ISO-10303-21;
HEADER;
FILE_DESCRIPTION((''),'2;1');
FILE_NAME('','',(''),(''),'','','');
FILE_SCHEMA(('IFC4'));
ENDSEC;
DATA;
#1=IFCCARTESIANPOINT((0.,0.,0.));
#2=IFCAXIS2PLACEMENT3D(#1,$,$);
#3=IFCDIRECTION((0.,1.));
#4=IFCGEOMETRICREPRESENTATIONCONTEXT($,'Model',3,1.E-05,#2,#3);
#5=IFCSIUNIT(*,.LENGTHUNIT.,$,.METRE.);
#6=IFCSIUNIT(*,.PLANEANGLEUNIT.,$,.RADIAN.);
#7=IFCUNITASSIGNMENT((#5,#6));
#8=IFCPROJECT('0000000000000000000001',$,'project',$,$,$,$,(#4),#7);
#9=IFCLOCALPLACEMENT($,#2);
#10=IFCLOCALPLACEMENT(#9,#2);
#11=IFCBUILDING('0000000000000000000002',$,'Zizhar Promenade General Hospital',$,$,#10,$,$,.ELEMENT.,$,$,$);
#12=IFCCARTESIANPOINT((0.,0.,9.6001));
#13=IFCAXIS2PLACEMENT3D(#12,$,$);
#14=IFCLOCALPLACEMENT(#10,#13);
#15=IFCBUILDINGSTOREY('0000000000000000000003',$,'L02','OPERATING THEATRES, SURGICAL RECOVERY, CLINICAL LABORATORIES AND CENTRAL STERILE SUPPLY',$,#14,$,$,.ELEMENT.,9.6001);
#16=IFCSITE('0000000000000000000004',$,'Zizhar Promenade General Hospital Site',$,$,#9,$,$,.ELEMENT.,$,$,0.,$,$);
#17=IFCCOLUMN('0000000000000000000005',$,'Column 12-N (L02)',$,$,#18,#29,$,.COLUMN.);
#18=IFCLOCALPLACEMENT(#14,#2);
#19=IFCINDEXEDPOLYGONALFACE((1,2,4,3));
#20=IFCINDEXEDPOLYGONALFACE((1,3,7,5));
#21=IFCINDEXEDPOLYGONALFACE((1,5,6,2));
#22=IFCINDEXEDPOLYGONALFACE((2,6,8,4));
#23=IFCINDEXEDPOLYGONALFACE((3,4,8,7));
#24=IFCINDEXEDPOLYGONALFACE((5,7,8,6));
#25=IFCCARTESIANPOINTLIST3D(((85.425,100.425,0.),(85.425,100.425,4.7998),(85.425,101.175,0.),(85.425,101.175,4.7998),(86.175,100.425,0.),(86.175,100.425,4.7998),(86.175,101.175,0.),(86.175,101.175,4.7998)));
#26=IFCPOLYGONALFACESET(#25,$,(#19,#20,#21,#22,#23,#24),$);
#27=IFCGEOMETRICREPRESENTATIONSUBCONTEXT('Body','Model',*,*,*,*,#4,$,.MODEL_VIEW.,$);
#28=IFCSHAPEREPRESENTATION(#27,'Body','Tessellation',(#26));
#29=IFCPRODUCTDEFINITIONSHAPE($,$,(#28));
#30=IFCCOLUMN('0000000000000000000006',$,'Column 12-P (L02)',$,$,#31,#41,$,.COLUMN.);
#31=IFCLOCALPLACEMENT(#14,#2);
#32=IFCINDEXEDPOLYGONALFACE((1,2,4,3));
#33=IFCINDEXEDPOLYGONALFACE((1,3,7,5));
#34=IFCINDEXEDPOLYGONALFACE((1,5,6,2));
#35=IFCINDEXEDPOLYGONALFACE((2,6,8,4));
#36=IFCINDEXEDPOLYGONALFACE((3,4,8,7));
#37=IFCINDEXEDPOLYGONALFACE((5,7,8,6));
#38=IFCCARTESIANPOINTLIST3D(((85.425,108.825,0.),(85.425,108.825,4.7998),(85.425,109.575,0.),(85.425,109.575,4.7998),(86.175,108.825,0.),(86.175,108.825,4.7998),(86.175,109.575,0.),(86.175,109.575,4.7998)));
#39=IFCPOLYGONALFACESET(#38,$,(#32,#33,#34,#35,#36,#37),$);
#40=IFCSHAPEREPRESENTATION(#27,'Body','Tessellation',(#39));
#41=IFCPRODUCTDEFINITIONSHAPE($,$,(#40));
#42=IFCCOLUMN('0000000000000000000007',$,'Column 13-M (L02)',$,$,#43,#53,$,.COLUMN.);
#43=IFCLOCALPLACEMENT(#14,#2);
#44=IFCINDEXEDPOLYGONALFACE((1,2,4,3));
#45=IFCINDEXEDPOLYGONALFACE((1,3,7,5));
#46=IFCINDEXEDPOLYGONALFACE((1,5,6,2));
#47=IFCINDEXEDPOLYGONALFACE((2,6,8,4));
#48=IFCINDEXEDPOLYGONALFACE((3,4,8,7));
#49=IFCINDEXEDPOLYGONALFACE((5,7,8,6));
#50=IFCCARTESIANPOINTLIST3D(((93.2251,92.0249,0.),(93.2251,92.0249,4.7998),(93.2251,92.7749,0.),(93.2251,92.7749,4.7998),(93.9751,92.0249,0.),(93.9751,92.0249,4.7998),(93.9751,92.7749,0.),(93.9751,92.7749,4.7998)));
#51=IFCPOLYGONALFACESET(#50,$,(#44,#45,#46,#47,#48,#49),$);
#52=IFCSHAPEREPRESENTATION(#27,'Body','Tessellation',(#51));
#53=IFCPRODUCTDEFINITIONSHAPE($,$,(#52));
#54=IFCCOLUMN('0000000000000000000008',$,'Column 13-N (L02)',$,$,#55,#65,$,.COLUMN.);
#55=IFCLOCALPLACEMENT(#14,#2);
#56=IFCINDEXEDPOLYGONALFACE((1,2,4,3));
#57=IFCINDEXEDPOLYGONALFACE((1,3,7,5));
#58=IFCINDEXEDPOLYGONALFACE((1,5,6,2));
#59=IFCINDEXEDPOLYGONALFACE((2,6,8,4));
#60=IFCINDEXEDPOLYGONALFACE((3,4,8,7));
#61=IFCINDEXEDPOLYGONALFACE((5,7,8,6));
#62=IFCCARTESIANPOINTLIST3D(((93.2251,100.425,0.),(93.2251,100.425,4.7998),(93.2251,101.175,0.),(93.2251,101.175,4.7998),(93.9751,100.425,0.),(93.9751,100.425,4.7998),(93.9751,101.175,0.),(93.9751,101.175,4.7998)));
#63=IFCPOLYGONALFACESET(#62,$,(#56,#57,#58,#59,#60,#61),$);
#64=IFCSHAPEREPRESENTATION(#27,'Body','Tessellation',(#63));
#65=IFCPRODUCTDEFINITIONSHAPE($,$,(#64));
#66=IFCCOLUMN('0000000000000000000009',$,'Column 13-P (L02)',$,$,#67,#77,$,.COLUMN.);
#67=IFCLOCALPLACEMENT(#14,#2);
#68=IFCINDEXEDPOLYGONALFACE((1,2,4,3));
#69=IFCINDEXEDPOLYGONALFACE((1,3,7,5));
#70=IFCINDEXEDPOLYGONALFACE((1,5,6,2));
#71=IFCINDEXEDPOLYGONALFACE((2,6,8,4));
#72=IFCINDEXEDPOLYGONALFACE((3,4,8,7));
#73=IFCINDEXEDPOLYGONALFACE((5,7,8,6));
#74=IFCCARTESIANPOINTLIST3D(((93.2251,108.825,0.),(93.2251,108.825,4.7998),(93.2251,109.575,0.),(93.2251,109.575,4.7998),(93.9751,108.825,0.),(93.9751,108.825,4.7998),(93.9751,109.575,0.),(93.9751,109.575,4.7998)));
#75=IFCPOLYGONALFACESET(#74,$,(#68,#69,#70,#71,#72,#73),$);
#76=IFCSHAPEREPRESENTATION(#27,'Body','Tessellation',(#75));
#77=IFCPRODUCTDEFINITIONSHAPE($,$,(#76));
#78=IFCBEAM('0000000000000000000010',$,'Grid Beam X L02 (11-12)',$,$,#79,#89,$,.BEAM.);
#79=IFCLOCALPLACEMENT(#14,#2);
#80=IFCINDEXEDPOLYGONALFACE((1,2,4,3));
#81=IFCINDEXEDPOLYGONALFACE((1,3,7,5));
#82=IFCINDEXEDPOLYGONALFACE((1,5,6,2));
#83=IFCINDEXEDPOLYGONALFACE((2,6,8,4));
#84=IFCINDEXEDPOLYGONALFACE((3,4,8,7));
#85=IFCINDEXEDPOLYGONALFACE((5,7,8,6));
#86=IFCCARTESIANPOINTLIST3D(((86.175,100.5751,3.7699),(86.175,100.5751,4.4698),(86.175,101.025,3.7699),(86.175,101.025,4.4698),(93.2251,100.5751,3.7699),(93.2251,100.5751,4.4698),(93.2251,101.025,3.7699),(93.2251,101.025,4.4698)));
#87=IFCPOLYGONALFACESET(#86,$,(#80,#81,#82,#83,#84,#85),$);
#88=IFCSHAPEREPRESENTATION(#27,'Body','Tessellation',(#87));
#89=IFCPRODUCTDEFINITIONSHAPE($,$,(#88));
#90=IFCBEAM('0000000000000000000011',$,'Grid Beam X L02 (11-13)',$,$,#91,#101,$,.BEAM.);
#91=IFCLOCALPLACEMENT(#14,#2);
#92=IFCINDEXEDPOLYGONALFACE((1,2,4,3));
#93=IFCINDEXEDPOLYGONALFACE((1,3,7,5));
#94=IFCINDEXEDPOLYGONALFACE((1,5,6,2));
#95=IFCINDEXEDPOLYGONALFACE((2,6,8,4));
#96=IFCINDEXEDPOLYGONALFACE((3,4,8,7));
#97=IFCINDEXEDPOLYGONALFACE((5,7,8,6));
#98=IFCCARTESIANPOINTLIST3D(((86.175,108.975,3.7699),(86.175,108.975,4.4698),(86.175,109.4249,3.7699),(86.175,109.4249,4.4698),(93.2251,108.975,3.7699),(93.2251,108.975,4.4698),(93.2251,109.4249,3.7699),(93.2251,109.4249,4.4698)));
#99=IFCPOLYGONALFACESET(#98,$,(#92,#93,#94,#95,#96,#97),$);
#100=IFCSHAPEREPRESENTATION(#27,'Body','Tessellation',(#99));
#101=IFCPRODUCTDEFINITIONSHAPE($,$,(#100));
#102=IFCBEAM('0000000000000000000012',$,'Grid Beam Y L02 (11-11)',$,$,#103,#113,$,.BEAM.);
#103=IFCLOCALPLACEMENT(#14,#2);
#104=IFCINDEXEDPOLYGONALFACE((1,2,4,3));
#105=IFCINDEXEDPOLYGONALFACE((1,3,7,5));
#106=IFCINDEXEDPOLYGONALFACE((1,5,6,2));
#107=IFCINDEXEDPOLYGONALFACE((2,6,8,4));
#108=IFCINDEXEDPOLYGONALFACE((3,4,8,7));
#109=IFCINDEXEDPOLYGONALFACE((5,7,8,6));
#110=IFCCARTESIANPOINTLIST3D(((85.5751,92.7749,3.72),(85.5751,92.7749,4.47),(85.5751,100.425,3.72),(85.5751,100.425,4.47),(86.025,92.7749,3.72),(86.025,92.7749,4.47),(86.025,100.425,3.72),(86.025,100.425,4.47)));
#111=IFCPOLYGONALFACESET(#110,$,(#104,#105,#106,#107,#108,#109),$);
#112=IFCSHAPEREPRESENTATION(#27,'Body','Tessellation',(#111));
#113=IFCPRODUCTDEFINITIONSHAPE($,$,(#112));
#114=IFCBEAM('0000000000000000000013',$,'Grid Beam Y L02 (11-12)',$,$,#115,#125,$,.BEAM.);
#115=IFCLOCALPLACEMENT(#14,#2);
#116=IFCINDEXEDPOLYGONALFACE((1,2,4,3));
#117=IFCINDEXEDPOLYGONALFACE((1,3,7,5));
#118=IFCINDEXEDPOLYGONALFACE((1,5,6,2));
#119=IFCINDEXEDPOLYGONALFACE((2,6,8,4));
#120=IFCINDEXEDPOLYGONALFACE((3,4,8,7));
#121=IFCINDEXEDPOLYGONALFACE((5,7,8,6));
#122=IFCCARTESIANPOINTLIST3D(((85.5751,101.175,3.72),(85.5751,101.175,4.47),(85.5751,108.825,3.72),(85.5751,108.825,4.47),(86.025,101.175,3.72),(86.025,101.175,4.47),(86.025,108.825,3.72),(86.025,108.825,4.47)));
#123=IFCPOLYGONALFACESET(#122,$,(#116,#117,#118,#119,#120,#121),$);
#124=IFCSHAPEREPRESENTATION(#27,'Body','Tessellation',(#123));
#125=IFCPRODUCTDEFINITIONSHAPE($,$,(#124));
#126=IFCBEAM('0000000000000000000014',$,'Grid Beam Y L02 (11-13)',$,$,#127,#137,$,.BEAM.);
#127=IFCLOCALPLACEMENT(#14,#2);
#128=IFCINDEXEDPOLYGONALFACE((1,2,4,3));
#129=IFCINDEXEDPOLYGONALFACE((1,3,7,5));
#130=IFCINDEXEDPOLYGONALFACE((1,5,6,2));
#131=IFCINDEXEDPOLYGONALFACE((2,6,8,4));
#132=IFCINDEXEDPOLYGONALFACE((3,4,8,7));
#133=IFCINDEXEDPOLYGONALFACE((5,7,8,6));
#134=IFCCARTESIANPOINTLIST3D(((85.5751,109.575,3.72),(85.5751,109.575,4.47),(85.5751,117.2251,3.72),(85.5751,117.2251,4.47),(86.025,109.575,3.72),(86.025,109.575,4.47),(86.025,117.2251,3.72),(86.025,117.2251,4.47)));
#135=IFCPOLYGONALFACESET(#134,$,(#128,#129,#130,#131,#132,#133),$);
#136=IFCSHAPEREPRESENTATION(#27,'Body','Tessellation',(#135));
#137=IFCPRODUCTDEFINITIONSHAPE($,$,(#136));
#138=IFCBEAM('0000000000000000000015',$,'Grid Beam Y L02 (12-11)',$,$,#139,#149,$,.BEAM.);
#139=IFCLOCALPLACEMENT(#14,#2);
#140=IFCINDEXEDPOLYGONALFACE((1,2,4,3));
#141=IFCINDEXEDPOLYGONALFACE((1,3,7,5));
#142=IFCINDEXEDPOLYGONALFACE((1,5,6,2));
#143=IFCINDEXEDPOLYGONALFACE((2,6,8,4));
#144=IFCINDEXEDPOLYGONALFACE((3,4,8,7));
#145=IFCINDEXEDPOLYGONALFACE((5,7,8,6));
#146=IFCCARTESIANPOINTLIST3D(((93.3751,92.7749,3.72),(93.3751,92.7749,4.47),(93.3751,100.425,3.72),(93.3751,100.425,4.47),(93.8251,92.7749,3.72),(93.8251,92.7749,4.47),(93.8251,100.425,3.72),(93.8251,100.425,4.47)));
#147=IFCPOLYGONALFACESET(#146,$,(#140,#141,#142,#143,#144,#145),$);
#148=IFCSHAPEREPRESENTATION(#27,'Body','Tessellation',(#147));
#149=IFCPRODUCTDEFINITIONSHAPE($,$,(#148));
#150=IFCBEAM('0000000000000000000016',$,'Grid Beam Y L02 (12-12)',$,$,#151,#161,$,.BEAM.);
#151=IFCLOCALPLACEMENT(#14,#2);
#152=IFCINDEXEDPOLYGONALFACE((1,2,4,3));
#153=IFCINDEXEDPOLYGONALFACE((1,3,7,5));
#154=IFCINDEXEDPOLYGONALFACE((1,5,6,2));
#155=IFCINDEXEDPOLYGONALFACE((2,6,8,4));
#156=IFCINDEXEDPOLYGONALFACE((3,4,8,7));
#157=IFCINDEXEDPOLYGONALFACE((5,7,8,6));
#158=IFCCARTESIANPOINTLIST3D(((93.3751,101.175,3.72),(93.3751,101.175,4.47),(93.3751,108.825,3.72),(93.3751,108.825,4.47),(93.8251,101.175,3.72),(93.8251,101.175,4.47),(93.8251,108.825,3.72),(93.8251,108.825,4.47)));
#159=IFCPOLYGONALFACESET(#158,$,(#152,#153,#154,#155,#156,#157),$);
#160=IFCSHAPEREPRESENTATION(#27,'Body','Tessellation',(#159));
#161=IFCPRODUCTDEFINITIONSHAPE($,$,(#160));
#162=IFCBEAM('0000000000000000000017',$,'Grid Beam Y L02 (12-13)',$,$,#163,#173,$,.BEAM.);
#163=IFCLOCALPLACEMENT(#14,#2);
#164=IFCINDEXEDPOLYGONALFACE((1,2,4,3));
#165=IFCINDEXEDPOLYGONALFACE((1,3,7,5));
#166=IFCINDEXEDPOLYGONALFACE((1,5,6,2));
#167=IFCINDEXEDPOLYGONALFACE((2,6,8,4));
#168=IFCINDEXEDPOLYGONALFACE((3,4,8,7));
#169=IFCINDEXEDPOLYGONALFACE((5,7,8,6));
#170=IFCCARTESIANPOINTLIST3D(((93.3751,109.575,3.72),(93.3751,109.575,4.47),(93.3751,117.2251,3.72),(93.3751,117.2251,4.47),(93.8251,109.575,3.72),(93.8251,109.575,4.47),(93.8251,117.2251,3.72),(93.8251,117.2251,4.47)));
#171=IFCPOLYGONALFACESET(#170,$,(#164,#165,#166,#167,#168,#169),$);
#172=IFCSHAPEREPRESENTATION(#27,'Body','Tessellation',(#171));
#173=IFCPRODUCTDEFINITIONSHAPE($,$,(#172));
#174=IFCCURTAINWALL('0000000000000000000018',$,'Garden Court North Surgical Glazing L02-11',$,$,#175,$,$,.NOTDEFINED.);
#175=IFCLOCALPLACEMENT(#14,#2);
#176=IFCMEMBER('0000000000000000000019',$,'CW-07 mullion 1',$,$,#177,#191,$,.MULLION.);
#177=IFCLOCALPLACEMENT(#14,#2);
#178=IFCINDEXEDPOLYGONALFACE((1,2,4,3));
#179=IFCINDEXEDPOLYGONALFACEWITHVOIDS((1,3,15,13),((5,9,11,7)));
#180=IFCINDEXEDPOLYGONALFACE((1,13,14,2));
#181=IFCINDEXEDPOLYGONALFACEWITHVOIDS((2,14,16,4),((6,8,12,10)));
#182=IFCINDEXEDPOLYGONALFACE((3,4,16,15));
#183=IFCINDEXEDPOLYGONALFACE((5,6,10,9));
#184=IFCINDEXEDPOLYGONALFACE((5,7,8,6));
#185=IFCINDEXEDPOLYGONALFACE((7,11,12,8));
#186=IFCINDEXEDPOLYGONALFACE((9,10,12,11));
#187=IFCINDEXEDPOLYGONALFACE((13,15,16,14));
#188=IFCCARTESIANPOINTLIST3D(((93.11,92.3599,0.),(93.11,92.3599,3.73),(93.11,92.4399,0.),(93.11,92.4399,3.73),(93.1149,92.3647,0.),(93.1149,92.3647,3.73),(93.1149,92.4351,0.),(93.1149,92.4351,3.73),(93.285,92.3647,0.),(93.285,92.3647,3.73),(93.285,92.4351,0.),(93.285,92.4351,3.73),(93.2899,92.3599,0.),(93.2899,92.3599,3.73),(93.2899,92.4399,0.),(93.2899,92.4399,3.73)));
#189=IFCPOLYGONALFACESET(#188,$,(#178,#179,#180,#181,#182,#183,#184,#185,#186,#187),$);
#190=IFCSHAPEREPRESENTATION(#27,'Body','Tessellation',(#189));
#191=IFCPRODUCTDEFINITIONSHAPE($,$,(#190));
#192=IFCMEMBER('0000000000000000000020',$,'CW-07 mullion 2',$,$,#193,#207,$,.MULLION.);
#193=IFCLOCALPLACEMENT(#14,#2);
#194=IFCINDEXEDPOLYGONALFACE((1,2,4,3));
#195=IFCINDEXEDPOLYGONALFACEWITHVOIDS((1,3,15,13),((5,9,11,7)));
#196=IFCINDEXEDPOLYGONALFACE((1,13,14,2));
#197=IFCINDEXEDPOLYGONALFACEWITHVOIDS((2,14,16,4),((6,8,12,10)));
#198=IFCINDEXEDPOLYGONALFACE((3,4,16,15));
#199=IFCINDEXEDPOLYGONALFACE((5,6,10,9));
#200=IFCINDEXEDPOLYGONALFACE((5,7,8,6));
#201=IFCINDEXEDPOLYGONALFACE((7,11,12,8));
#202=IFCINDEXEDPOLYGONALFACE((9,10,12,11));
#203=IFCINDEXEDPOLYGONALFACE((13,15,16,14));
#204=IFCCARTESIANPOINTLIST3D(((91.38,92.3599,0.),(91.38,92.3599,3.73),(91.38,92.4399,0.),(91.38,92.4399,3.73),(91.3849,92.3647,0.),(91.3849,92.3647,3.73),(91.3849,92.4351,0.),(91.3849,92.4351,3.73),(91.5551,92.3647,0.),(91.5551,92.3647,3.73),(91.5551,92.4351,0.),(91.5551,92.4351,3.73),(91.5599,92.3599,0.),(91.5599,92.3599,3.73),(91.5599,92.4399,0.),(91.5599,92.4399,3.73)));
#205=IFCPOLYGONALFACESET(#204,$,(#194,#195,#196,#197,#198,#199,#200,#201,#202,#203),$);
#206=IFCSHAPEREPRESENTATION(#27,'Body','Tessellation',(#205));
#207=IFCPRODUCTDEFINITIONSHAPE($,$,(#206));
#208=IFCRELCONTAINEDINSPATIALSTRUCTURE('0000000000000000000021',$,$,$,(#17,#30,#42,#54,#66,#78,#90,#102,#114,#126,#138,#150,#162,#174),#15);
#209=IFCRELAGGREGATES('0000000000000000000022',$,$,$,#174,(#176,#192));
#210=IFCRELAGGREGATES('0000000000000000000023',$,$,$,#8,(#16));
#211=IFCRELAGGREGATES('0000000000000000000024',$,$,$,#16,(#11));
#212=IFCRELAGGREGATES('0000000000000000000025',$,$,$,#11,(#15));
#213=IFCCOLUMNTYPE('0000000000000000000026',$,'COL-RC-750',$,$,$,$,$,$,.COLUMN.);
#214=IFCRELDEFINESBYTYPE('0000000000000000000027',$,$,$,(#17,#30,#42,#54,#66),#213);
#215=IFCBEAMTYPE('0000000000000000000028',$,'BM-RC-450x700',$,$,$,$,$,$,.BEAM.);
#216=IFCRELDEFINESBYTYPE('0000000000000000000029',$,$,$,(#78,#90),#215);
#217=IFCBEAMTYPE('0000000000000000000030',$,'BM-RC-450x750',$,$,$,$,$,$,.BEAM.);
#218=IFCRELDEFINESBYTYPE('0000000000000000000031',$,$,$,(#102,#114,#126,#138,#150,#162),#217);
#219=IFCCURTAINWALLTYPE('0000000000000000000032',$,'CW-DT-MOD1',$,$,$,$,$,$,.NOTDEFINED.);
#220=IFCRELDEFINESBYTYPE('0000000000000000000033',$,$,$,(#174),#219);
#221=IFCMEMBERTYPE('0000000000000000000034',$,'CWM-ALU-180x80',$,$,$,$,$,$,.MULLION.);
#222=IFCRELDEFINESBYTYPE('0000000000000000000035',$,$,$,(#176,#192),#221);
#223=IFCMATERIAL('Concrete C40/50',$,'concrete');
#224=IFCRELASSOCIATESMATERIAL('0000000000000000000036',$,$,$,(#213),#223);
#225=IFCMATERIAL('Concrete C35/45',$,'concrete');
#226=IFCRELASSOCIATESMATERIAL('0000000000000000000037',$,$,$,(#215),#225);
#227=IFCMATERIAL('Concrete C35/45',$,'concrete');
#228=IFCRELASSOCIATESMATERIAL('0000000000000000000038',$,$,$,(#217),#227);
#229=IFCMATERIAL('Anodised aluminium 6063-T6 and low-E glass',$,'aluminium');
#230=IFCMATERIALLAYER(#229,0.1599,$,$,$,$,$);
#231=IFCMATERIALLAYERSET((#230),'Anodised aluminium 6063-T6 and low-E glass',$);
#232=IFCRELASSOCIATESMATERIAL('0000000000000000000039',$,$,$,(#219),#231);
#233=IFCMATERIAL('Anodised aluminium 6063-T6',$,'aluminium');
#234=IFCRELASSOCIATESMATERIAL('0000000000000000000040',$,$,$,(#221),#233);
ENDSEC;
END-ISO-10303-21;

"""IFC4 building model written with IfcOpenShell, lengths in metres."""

from ifc_helpers import new_model, si_unit, direction, frame, origin, origin_2d, place, context, subcontext, project, spatial, rectangle, hollow_rectangle, extrude, material, layer, layer_set, material_profile, profile_set, type_object, element, aggregate, save


model = new_model("IFC4")

# Units and contexts
model_context = context("Model", 3, precision=1e-05, world=origin(), true_north=direction((0.0, 1.0)))
body_context = subcontext(model_context, "Body", "Model", "MODEL_VIEW")
ifc_project = project(units=[si_unit("LENGTHUNIT", "METRE"), si_unit("PLANEANGLEUNIT", "RADIAN")], contexts=[model_context])

# Site, building, storey
site_placement = place(None, origin())
site = spatial("IfcSite", under=ifc_project, at=site_placement, Name="Zizhar Promenade General Hospital Site", CompositionType="ELEMENT", RefElevation=0.0)
building_placement = place(site_placement, origin())
building = spatial("IfcBuilding", under=site, at=building_placement, Name="Zizhar Promenade General Hospital", CompositionType="ELEMENT")
storey_placement = place(building_placement, frame((0.0, 0.0, 9.6001)))
storey = spatial("IfcBuildingStorey", under=building, at=storey_placement, Name="L02", Description="OPERATING THEATRES, SURGICAL RECOVERY, CLINICAL LABORATORIES AND CENTRAL STERILE SUPPLY", CompositionType="ELEMENT", Elevation=9.6001)

# Columns
ifc_material_1 = material(Name="Concrete C40/50", Category="concrete")
ifc_material_profile_1 = material_profile(ifc_material_1, rectangle(XDim=0.75, YDim=0.75, at=origin_2d()))
ifc_profile_set_1 = profile_set([ifc_material_profile_1], Name="Concrete C40/50")
column_type = type_object("IfcColumnType", Name="COL-RC-750", PredefinedType="COLUMN", material=ifc_profile_set_1)
for number, where, z_axis, x_axis, name in (
    (1, (85.8, 100.8, 0.0), (0.0, 0.0, 1.0), (1.0, 0.0, 0.0), "Column 12-N (L02)"),
    (2, (85.8, 109.2, 0.0), (0.0, 0.0, 1.0), (1.0, 0.0, 0.0), "Column 12-P (L02)"),
    (3, (93.6001, 92.3999, 0.0), (0.0, 0.0, 1.0), (1.0, 0.0, 0.0), "Column 13-M (L02)"),
    (4, (93.6001, 100.8, 0.0), (0.0, 0.0, 1.0), (1.0, 0.0, 0.0), "Column 13-N (L02)"),
    (5, (93.6001, 109.2, 0.0), (0.0, 0.0, 1.0), (1.0, 0.0, 0.0), "Column 13-P (L02)"),
):
    element("IfcColumn", number, at=place(storey_placement, frame(where, z_axis=z_axis, x_axis=x_axis)), inside=storey, type_object=column_type, Name=name, PredefinedType="COLUMN", context=body_context, shape_type="SweptSolid", body=[
        extrude(rectangle(XDim=0.75, YDim=0.75, at=origin_2d()), origin(), (0.0, 0.0, 1.0), 4.7998),
    ])

# Beams
ifc_material_2 = material(Name="Concrete C35/45", Category="concrete")
ifc_material_profile_2 = material_profile(ifc_material_2, rectangle(XDim=0.45, YDim=0.7, at=origin_2d()))
ifc_profile_set_2 = profile_set([ifc_material_profile_2], Name="Concrete C35/45")
beam_type_1 = type_object("IfcBeamType", Name="BM-RC-450x700", PredefinedType="BEAM", material=ifc_profile_set_2)
for number, where, z_axis, x_axis, name in (
    (6, (86.175, 100.8, 4.1199), (1.0, 0.0, 0.0), (0.0, 1.0, 0.0), "Grid Beam X L02 (11-12)"),
    (7, (86.175, 109.2, 4.1199), (1.0, 0.0, 0.0), (0.0, 1.0, 0.0), "Grid Beam X L02 (11-13)"),
):
    element("IfcBeam", number, at=place(storey_placement, frame(where, z_axis=z_axis, x_axis=x_axis)), inside=storey, type_object=beam_type_1, Name=name, PredefinedType="BEAM", context=body_context, shape_type="SweptSolid", body=[
        extrude(rectangle(XDim=0.45, YDim=0.7, at=origin_2d()), origin(), (0.0, 0.0, 1.0), 7.05),
    ])
ifc_material_3 = material(Name="Concrete C35/45", Category="concrete")
ifc_material_profile_3 = material_profile(ifc_material_3, rectangle(XDim=0.45, YDim=0.75, at=origin_2d()))
ifc_profile_set_3 = profile_set([ifc_material_profile_3], Name="Concrete C35/45")
beam_type_2 = type_object("IfcBeamType", Name="BM-RC-450x750", PredefinedType="BEAM", material=ifc_profile_set_3)
beam_1_placement = place(storey_placement, frame((85.8, 92.7749, 4.095), z_axis=(0.0, 1.0, 0.0), x_axis=(-1.0, 0.0, 0.0)))
element("IfcBeam", 8, at=beam_1_placement, inside=storey, type_object=beam_type_2, Name="Grid Beam Y L02 (11-11)", PredefinedType="BEAM", context=body_context, shape_type="SweptSolid", body=[
    extrude(rectangle(XDim=0.45, YDim=0.75, at=origin_2d()), origin(), (0.0, 0.0, 1.0), 7.6501),
])
beam_2_placement = place(storey_placement, frame((85.8, 101.175, 4.095), z_axis=(0.0, 1.0, 0.0), x_axis=(-1.0, 0.0, 0.0)))
element("IfcBeam", 9, at=beam_2_placement, inside=storey, type_object=beam_type_2, Name="Grid Beam Y L02 (11-12)", PredefinedType="BEAM", context=body_context, shape_type="SweptSolid", body=[
    extrude(rectangle(XDim=0.45, YDim=0.75, at=origin_2d()), origin(), (0.0, 0.0, 1.0), 7.6499),
])
for number, where, z_axis, x_axis, name in (
    (10, (85.8, 109.575, 4.095), (0.0, 1.0, 0.0), (-1.0, 0.0, 0.0), "Grid Beam Y L02 (11-13)"),
    (11, (93.6001, 92.7749, 4.095), (0.0, 1.0, 0.0), (-1.0, 0.0, 0.0), "Grid Beam Y L02 (12-11)"),
):
    element("IfcBeam", number, at=place(storey_placement, frame(where, z_axis=z_axis, x_axis=x_axis)), inside=storey, type_object=beam_type_2, Name=name, PredefinedType="BEAM", context=body_context, shape_type="SweptSolid", body=[
        extrude(rectangle(XDim=0.45, YDim=0.75, at=origin_2d()), origin(), (0.0, 0.0, 1.0), 7.6501),
    ])
beam_3_placement = place(storey_placement, frame((93.6001, 101.175, 4.095), z_axis=(0.0, 1.0, 0.0), x_axis=(-1.0, 0.0, 0.0)))
element("IfcBeam", 12, at=beam_3_placement, inside=storey, type_object=beam_type_2, Name="Grid Beam Y L02 (12-12)", PredefinedType="BEAM", context=body_context, shape_type="SweptSolid", body=[
    extrude(rectangle(XDim=0.45, YDim=0.75, at=origin_2d()), origin(), (0.0, 0.0, 1.0), 7.6499),
])
beam_4_placement = place(storey_placement, frame((93.6001, 109.575, 4.095), z_axis=(0.0, 1.0, 0.0), x_axis=(-1.0, 0.0, 0.0)))
element("IfcBeam", 13, at=beam_4_placement, inside=storey, type_object=beam_type_2, Name="Grid Beam Y L02 (12-13)", PredefinedType="BEAM", context=body_context, shape_type="SweptSolid", body=[
    extrude(rectangle(XDim=0.45, YDim=0.75, at=origin_2d()), origin(), (0.0, 0.0, 1.0), 7.6501),
])

# Curtain wall, members
ifc_material_4 = material(Name="Anodised aluminium 6063-T6 and low-E glass", Category="aluminium")
ifc_layer_1 = layer(ifc_material_4, 0.1599)
ifc_layer_set_1 = layer_set([ifc_layer_1], Name="Anodised aluminium 6063-T6 and low-E glass")
curtain_wall_type = type_object("IfcCurtainWallType", Name="CW-DT-MOD1", PredefinedType="NOTDEFINED", material=ifc_layer_set_1)
curtain_wall_placement = place(storey_placement, origin())
curtain_wall = element("IfcCurtainWall", 14, at=curtain_wall_placement, inside=storey, type_object=curtain_wall_type, Name="Garden Court North Surgical Glazing L02-11", PredefinedType="NOTDEFINED")
ifc_material_5 = material(Name="Anodised aluminium 6063-T6", Category="aluminium")
ifc_material_profile_4 = material_profile(ifc_material_5, hollow_rectangle(XDim=0.0801, YDim=0.1799, WallThickness=0.0049, at=origin_2d()))
ifc_profile_set_4 = profile_set([ifc_material_profile_4], Name="Anodised aluminium 6063-T6")
member_type_1 = type_object("IfcMemberType", Name="CWM-ALU-180x80", PredefinedType="MULLION", material=ifc_profile_set_4)
member_1_placement = place(storey_placement, frame((93.2, 92.3999, 0.0), z_axis=(0.0, 0.0, 1.0), x_axis=(0.0, -1.0, 0.0)))
member_1 = element("IfcMember", 15, at=member_1_placement, type_object=member_type_1, Name="CW-07 mullion 1", PredefinedType="MULLION", context=body_context, shape_type="SweptSolid", body=[
    extrude(hollow_rectangle(XDim=0.0801, YDim=0.1799, WallThickness=0.0049, at=origin_2d()), origin(), (0.0, 0.0, 1.0), 3.73),
])
member_2_placement = place(storey_placement, frame((91.47, 92.3999, 0.0), z_axis=(0.0, 0.0, 1.0), x_axis=(0.0, -1.0, 0.0)))
member_2 = element("IfcMember", 16, at=member_2_placement, type_object=member_type_1, Name="CW-07 mullion 2", PredefinedType="MULLION", context=body_context, shape_type="SweptSolid", body=[
    extrude(hollow_rectangle(XDim=0.0801, YDim=0.1799, WallThickness=0.0049, at=origin_2d()), origin(), (0.0, 0.0, 1.0), 3.73),
])
aggregate(curtain_wall, [member_1, member_2])

save(model, "model.ifc")
